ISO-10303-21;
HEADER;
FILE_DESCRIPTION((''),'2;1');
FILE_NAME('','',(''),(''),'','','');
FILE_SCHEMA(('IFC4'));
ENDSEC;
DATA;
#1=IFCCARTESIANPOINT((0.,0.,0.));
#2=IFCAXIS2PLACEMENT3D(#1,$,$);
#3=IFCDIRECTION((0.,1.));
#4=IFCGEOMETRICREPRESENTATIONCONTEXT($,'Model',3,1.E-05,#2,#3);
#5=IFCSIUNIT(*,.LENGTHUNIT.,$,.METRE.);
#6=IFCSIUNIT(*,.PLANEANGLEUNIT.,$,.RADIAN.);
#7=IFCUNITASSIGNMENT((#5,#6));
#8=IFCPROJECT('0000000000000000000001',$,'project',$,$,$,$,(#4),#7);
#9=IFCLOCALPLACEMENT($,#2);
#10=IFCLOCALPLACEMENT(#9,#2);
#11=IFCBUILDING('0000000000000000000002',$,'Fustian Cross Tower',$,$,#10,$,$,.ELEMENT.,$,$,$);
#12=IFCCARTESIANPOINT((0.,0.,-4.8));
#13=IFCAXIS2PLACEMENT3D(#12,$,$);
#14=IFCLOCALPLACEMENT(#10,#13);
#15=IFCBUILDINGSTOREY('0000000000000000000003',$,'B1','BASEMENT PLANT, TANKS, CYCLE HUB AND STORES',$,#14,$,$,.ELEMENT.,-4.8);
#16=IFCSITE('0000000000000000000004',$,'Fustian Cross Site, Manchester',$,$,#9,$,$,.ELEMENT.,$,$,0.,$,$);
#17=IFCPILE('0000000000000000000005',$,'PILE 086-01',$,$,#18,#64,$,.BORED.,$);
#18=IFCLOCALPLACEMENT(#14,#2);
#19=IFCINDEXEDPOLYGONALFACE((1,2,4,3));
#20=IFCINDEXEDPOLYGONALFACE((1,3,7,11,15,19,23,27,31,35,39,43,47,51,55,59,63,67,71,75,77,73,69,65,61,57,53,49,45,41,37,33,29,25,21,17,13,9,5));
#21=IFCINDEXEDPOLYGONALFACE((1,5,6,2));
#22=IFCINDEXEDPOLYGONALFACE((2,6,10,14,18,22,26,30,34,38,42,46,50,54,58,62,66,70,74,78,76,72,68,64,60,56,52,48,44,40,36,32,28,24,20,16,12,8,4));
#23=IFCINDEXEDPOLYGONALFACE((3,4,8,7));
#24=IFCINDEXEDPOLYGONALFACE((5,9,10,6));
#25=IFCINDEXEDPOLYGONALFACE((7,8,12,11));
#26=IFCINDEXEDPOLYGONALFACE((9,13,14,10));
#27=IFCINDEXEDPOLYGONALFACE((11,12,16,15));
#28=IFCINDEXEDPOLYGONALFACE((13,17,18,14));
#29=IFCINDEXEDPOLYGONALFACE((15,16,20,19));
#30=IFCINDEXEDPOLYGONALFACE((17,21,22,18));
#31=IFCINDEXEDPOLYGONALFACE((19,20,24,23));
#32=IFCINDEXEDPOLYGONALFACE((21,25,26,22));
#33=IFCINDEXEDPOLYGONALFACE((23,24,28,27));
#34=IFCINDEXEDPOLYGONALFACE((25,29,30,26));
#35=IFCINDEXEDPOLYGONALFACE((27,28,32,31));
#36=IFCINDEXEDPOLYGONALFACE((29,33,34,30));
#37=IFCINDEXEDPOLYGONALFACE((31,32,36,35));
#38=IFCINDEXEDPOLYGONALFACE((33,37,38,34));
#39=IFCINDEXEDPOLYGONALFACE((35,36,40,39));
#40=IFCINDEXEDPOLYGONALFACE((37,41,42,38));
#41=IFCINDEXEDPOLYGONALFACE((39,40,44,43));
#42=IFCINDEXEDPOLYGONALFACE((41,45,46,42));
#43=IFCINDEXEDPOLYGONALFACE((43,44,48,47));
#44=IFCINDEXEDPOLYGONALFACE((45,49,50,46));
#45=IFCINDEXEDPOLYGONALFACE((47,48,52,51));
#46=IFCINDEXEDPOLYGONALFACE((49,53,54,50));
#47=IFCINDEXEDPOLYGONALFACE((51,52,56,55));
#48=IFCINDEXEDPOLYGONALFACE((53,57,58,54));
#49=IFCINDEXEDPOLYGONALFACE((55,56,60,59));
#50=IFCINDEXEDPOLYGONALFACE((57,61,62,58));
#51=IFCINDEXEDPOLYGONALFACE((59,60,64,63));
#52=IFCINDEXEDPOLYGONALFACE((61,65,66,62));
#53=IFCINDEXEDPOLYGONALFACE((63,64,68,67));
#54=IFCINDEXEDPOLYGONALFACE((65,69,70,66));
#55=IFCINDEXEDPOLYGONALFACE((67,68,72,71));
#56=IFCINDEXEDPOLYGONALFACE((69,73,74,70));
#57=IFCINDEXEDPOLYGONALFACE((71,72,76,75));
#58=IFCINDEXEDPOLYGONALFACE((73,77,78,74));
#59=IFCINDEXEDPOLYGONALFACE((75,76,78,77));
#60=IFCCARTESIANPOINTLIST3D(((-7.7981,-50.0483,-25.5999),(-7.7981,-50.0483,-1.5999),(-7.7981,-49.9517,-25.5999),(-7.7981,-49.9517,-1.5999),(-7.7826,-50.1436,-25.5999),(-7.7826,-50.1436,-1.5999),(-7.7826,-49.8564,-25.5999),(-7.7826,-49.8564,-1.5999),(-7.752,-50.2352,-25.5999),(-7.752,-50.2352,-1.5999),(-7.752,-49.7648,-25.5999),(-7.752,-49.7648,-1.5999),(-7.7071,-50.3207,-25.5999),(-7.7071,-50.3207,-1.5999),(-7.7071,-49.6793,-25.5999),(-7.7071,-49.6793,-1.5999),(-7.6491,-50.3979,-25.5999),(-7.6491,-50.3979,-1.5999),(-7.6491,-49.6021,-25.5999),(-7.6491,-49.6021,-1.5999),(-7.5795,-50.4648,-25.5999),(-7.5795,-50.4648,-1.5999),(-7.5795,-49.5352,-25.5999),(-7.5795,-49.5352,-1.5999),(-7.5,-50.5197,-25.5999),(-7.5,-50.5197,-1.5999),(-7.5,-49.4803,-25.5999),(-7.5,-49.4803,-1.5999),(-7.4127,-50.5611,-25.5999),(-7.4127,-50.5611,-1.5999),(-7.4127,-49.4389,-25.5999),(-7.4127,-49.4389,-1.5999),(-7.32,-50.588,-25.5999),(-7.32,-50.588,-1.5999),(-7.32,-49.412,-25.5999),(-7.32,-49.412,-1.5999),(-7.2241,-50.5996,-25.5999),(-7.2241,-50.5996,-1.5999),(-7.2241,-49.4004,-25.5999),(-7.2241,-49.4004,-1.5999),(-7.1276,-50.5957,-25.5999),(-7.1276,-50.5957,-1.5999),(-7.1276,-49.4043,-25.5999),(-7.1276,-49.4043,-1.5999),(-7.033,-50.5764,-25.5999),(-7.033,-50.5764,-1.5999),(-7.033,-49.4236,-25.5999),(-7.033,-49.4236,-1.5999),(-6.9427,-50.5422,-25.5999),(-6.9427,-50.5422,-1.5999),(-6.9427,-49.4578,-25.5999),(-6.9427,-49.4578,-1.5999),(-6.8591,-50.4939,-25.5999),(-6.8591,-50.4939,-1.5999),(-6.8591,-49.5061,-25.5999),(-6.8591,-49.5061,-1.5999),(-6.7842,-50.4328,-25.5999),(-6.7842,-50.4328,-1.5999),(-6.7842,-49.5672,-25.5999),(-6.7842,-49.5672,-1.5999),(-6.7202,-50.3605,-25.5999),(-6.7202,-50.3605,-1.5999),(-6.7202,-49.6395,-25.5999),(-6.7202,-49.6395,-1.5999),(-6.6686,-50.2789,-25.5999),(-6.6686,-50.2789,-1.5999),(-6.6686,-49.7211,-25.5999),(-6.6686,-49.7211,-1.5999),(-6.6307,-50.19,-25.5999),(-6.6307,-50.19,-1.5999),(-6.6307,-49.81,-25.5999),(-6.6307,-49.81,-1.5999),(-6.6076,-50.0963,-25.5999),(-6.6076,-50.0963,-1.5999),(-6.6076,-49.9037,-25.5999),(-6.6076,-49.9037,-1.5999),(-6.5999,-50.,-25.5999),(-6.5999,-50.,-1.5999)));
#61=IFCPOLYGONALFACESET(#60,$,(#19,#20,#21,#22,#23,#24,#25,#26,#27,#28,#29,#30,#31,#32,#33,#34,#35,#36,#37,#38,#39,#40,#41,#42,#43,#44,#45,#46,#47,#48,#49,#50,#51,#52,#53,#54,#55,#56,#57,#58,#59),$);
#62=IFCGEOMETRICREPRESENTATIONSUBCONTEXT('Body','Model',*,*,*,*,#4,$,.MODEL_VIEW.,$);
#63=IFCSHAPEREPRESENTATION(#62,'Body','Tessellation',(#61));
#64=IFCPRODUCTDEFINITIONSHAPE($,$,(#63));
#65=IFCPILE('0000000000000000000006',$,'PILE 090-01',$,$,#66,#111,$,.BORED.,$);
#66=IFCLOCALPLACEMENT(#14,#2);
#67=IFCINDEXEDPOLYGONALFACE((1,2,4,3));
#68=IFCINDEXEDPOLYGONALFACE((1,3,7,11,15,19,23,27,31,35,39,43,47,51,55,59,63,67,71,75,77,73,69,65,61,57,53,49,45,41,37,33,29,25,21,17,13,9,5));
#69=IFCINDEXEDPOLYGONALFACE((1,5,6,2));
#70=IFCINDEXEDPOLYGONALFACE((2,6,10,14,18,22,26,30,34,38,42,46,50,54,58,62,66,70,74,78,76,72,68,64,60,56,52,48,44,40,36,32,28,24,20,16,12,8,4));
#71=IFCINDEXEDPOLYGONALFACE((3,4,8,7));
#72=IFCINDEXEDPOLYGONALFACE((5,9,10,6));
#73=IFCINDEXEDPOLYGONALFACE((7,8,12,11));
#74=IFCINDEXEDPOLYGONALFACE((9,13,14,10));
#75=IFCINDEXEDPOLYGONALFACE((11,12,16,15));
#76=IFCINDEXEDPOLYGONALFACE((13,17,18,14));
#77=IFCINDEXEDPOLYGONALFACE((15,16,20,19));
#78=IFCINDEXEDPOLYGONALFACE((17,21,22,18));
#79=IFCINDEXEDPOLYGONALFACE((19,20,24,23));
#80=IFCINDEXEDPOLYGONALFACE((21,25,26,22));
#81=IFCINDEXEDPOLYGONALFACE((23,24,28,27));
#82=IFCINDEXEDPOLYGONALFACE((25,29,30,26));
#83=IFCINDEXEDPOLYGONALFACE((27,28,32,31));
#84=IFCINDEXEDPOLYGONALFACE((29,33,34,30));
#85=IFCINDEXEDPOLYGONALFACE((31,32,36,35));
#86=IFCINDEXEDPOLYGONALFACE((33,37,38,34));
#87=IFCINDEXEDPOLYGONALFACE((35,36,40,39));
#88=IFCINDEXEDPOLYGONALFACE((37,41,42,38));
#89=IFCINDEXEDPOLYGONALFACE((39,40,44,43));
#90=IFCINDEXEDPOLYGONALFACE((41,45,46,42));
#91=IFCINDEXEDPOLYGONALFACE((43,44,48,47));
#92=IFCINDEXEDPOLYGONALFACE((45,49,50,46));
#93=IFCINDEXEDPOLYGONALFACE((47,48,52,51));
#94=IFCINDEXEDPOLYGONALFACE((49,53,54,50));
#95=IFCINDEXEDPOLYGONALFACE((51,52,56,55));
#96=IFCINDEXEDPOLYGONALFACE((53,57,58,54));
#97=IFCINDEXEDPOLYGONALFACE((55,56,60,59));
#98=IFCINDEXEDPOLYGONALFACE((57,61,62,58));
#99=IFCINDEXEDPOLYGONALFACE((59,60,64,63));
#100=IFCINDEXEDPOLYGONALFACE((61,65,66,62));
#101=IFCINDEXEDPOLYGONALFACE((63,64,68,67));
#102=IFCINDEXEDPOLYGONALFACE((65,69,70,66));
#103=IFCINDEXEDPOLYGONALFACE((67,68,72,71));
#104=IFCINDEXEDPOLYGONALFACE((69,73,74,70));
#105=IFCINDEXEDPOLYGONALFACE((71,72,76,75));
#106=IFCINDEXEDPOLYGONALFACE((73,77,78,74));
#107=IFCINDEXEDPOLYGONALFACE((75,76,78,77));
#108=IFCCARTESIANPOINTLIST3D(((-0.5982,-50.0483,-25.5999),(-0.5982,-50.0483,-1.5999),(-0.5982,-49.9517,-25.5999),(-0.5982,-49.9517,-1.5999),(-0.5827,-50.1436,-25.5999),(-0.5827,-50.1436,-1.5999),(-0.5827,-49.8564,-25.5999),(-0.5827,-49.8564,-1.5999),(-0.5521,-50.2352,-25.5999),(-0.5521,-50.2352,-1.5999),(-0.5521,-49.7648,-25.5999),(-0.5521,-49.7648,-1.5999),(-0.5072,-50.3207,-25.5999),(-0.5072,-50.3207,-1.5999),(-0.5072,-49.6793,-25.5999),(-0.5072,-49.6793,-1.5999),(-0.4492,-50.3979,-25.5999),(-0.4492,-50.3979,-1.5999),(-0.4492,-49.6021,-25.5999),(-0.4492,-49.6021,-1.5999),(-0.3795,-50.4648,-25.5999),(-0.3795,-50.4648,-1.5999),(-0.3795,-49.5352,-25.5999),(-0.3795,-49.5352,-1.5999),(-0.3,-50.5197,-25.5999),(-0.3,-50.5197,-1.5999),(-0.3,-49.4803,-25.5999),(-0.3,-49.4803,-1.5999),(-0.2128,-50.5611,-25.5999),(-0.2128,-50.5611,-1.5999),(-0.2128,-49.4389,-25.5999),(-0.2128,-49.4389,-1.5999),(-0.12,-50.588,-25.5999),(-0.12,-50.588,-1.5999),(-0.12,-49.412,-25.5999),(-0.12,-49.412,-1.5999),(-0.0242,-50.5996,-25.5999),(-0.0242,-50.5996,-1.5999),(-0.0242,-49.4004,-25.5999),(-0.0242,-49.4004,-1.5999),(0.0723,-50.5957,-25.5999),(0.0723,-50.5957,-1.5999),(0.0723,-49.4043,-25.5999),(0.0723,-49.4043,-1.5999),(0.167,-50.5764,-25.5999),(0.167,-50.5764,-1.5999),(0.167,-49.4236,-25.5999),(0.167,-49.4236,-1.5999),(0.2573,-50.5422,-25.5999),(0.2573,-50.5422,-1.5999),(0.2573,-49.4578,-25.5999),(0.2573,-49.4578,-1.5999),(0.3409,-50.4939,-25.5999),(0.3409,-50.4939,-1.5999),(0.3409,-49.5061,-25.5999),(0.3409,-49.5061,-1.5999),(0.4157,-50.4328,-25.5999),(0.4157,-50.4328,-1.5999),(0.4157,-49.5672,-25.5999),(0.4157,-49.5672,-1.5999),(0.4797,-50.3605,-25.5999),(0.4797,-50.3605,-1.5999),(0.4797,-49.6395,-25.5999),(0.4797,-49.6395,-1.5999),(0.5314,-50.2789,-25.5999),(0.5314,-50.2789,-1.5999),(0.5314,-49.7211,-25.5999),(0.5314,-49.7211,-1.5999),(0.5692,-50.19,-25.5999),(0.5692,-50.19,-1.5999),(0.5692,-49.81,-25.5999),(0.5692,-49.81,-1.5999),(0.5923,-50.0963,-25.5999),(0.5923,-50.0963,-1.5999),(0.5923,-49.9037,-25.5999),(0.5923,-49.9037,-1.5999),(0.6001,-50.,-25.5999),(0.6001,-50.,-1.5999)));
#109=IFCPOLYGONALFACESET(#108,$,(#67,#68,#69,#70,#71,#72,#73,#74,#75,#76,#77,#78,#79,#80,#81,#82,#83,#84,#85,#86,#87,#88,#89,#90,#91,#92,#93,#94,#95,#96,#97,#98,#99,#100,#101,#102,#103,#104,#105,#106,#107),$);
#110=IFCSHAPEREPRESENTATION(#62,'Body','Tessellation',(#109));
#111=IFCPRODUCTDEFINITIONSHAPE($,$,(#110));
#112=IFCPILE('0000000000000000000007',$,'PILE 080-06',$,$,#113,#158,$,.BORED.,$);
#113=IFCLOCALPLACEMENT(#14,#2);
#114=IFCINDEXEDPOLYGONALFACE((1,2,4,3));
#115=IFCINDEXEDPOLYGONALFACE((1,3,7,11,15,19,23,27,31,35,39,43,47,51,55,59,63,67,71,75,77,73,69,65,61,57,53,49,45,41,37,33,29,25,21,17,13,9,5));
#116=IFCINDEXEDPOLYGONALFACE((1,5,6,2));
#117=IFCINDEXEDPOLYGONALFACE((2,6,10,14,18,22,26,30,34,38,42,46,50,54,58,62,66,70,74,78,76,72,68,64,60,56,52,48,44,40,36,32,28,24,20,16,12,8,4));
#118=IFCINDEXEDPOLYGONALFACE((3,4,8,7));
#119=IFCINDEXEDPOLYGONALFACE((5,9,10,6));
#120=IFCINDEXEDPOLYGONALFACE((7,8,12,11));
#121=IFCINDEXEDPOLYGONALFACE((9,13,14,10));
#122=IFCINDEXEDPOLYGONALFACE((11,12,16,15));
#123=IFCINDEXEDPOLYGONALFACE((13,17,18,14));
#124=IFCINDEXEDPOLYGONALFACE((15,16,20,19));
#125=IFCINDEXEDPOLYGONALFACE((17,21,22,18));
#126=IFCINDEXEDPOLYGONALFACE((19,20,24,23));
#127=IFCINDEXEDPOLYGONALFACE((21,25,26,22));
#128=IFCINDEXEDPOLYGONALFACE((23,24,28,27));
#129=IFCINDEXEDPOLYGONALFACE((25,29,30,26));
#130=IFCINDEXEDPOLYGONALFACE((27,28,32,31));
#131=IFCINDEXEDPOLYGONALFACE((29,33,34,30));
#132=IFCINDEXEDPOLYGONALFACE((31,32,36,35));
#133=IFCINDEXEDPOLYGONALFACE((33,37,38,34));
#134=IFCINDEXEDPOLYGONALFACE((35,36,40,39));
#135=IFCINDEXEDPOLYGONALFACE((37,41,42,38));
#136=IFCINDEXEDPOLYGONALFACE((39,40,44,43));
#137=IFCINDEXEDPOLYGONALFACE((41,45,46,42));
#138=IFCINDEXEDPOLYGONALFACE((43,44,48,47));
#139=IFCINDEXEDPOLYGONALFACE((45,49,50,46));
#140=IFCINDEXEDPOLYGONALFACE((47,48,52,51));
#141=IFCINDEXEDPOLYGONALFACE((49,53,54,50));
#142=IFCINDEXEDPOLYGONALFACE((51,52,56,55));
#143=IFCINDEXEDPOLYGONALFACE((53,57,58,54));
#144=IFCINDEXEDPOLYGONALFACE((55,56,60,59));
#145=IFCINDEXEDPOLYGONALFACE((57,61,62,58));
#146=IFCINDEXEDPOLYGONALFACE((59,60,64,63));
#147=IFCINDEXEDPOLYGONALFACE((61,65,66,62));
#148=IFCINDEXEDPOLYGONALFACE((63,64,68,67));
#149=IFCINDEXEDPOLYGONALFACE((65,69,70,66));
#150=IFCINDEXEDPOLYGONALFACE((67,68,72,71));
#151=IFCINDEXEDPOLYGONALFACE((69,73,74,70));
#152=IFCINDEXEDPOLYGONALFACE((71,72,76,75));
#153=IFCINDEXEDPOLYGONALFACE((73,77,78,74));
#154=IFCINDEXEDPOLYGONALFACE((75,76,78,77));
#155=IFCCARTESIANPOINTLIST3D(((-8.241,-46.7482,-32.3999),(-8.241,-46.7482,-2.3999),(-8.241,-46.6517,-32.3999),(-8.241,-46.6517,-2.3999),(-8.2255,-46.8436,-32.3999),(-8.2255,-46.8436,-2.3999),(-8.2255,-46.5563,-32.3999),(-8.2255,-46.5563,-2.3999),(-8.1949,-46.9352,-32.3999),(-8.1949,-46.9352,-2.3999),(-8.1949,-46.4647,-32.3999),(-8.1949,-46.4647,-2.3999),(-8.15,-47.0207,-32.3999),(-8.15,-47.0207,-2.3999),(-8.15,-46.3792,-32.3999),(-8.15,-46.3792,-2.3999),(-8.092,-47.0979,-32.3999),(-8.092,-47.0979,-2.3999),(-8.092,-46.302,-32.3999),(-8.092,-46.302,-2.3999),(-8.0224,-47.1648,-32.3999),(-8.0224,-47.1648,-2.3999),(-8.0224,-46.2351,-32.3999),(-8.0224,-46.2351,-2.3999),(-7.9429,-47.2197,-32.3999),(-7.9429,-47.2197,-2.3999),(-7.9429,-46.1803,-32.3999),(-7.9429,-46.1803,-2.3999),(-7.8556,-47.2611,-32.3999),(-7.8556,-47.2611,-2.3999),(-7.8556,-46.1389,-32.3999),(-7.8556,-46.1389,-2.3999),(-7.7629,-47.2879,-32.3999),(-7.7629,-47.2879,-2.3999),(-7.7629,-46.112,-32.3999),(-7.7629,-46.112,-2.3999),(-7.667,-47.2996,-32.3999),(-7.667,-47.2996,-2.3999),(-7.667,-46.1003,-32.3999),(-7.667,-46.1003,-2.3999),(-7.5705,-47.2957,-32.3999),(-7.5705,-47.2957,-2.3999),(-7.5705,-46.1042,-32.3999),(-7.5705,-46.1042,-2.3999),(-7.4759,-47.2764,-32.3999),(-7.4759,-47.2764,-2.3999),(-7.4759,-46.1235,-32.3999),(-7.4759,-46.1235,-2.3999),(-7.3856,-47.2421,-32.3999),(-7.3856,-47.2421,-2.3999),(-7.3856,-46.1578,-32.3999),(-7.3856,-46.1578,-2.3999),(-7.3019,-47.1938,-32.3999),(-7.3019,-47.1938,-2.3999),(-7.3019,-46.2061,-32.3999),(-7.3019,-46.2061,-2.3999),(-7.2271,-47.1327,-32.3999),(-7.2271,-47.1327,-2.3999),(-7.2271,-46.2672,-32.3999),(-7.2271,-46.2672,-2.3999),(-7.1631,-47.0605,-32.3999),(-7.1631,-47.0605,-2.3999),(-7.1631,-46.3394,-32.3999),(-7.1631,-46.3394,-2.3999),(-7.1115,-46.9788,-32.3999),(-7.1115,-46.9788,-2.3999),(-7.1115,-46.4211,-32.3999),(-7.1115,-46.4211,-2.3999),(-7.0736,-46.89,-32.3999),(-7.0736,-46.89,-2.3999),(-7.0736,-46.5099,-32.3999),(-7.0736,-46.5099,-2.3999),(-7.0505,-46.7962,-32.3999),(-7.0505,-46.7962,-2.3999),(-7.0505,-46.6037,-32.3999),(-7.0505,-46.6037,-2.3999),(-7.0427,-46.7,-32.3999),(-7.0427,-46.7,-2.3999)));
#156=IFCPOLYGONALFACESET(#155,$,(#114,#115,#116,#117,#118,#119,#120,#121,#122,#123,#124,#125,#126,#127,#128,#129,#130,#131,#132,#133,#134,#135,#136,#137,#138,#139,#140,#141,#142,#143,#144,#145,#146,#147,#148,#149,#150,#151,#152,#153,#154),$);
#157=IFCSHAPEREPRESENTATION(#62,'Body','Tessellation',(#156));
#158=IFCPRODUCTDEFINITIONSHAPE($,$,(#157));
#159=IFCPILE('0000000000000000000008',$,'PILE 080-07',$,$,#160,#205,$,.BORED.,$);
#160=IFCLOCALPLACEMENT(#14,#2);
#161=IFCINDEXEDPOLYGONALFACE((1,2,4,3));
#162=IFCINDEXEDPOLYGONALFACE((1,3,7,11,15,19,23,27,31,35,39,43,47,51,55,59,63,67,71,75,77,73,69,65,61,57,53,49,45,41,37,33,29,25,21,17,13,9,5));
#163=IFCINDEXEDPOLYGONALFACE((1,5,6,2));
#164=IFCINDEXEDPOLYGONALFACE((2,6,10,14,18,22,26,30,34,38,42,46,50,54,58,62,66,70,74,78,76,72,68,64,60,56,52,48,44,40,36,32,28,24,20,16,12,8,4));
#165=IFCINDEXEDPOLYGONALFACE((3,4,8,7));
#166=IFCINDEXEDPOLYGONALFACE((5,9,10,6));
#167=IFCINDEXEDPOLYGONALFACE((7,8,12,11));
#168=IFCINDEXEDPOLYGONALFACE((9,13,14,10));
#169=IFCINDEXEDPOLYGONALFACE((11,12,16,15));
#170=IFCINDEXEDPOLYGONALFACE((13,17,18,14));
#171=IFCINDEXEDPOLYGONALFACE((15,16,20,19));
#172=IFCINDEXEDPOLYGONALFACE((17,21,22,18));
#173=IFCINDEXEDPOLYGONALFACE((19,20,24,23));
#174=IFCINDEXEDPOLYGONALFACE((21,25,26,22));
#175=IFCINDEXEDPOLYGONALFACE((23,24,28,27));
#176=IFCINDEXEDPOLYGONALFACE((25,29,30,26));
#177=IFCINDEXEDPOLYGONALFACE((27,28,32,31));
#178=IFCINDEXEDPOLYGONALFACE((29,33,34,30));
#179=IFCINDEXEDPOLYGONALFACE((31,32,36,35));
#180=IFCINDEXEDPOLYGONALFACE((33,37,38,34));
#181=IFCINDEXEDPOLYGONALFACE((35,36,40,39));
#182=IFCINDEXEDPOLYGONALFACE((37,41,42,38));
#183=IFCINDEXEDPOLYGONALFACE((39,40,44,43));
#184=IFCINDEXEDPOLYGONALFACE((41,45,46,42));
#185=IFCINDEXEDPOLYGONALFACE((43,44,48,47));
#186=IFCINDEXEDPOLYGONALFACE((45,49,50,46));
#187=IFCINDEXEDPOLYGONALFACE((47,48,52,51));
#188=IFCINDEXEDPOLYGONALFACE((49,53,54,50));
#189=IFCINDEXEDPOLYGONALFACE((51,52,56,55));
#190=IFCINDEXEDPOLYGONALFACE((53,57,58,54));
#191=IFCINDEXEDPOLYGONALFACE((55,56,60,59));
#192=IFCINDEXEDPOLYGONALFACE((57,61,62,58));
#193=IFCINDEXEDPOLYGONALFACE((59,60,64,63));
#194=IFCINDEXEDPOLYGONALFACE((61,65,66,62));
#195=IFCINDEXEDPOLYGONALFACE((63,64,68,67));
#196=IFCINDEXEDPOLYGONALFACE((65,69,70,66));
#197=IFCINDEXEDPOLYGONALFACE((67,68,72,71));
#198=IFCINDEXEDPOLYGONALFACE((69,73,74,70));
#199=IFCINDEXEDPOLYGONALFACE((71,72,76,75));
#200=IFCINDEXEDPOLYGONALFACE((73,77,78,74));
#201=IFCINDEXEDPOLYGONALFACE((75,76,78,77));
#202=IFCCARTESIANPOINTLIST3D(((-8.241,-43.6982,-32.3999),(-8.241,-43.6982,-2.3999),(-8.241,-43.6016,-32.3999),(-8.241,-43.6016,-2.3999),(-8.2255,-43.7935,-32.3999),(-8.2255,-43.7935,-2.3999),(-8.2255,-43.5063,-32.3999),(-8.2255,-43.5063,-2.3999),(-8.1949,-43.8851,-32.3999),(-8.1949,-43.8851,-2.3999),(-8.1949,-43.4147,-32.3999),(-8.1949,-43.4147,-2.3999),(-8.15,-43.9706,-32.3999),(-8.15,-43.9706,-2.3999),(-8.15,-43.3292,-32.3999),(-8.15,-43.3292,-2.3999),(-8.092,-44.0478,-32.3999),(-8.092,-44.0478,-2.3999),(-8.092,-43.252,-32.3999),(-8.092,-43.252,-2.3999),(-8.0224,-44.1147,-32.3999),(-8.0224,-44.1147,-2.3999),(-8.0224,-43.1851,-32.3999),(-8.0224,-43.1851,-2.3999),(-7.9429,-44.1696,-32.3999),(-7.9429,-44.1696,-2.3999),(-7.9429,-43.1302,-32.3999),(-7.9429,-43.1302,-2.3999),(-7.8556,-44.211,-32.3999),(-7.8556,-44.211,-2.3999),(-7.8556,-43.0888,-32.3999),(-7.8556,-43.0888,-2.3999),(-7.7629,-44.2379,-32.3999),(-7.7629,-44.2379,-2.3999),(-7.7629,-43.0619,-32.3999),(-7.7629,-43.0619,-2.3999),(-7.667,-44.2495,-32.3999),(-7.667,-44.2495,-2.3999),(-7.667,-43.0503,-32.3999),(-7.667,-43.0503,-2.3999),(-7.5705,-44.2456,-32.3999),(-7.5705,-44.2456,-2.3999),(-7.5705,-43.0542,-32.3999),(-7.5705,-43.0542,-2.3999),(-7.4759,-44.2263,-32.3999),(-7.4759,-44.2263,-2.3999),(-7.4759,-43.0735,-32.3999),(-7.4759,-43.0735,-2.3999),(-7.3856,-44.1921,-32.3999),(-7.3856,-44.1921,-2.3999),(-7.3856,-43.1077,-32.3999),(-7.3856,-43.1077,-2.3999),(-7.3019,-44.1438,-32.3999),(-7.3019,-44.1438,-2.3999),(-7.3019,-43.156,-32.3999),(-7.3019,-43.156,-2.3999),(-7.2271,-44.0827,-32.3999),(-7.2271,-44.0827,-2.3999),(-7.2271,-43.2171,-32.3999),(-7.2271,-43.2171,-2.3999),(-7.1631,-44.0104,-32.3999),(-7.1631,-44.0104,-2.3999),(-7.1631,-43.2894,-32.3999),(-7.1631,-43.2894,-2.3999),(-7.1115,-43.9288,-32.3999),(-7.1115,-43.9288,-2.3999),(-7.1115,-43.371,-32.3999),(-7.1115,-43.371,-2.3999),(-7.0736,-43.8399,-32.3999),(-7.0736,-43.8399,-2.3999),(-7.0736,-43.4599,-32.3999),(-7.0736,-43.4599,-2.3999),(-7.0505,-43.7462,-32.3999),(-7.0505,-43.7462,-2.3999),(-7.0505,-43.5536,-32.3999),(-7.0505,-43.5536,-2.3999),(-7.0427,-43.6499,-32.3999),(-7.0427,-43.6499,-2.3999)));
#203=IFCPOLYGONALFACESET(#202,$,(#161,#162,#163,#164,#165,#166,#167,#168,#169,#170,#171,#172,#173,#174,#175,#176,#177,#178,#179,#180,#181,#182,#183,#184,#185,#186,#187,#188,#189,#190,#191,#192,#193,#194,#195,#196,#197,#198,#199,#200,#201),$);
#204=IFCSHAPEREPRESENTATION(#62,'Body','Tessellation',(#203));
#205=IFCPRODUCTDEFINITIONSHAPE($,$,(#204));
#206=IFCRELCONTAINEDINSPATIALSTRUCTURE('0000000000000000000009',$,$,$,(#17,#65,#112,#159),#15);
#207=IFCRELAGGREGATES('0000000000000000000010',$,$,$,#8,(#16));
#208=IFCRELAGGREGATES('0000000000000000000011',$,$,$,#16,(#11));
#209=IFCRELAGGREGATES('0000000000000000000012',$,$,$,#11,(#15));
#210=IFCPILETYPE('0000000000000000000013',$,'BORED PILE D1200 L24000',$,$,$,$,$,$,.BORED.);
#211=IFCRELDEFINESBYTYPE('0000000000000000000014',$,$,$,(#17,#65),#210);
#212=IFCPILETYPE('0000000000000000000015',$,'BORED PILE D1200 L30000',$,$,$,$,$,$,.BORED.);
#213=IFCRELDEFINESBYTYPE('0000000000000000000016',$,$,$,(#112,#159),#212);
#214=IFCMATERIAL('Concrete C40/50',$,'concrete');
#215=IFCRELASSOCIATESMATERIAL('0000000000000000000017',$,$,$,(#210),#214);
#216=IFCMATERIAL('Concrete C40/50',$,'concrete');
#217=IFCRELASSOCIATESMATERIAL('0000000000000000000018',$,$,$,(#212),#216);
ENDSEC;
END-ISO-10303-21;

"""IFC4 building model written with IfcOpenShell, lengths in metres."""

from ifc_helpers import new_model, si_unit, direction, frame, origin, origin_2d, place, context, subcontext, project, spatial, circle, extrude, material, material_profile, profile_set, type_object, element, save


model = new_model("IFC4")

# Units and contexts
model_context = context("Model", 3, precision=1e-05, world=origin(), true_north=direction((0.0, 1.0)))
body_context = subcontext(model_context, "Body", "Model", "MODEL_VIEW")
ifc_project = project(units=[si_unit("LENGTHUNIT", "METRE"), si_unit("PLANEANGLEUNIT", "RADIAN")], contexts=[model_context])

# Site, building, storey
site_placement = place(None, origin())
site = spatial("IfcSite", under=ifc_project, at=site_placement, Name="Fustian Cross Site, Manchester", CompositionType="ELEMENT", RefElevation=0.0)
building_placement = place(site_placement, origin())
building = spatial("IfcBuilding", under=site, at=building_placement, Name="Fustian Cross Tower", CompositionType="ELEMENT")
storey_placement = place(building_placement, frame((0.0, 0.0, -4.8)))
storey = spatial("IfcBuildingStorey", under=building, at=storey_placement, Name="B1", Description="BASEMENT PLANT, TANKS, CYCLE HUB AND STORES", CompositionType="ELEMENT", Elevation=-4.8)

# Piles
ifc_material_1 = material(Name="Concrete C40/50", Category="concrete")
ifc_material_profile_1 = material_profile(ifc_material_1, circle(Radius=0.6001, at=origin_2d()), Name="BORED PILE D1200 L24000")
ifc_profile_set_1 = profile_set([ifc_material_profile_1], Name="Concrete C40/50")
pile_type_1 = type_object("IfcPileType", Name="BORED PILE D1200 L24000", PredefinedType="BORED", material=ifc_profile_set_1)
for number, where, z_axis, x_axis, name in (
    (1, (-7.2, -50.0, -1.5999), (0.0, 0.0, -1.0), (1.0, 0.0, 0.0), "PILE 086-01"),
    (2, (0.0, -50.0, -1.5999), (0.0, 0.0, -1.0), (1.0, 0.0, 0.0), "PILE 090-01"),
):
    element("IfcPile", number, at=place(storey_placement, frame(where, z_axis=z_axis, x_axis=x_axis)), inside=storey, type_object=pile_type_1, Name=name, PredefinedType="BORED", context=body_context, shape_type="SweptSolid", body=[
        extrude(circle(Radius=0.6001, at=origin_2d()), origin(), (0.0, 0.0, 1.0), 24.0),
    ])
ifc_material_2 = material(Name="Concrete C40/50", Category="concrete")
ifc_material_profile_2 = material_profile(ifc_material_2, circle(Radius=0.6001, at=origin_2d()), Name="BORED PILE D1200 L30000")
ifc_profile_set_2 = profile_set([ifc_material_profile_2], Name="Concrete C40/50")
pile_type_2 = type_object("IfcPileType", Name="BORED PILE D1200 L30000", PredefinedType="BORED", material=ifc_profile_set_2)
for number, where, z_axis, x_axis, name in (
    (3, (-7.6428, -46.7, -2.3999), (0.0, 0.0, -1.0), (1.0, 0.0, 0.0), "PILE 080-06"),
    (4, (-7.6428, -43.6499, -2.3999), (0.0, 0.0, -1.0), (1.0, 0.0, 0.0), "PILE 080-07"),
):
    element("IfcPile", number, at=place(storey_placement, frame(where, z_axis=z_axis, x_axis=x_axis)), inside=storey, type_object=pile_type_2, Name=name, PredefinedType="BORED", context=body_context, shape_type="SweptSolid", body=[
        extrude(circle(Radius=0.6001, at=origin_2d()), origin(), (0.0, 0.0, 1.0), 30.0),
    ])

save(model, "model.ifc")
